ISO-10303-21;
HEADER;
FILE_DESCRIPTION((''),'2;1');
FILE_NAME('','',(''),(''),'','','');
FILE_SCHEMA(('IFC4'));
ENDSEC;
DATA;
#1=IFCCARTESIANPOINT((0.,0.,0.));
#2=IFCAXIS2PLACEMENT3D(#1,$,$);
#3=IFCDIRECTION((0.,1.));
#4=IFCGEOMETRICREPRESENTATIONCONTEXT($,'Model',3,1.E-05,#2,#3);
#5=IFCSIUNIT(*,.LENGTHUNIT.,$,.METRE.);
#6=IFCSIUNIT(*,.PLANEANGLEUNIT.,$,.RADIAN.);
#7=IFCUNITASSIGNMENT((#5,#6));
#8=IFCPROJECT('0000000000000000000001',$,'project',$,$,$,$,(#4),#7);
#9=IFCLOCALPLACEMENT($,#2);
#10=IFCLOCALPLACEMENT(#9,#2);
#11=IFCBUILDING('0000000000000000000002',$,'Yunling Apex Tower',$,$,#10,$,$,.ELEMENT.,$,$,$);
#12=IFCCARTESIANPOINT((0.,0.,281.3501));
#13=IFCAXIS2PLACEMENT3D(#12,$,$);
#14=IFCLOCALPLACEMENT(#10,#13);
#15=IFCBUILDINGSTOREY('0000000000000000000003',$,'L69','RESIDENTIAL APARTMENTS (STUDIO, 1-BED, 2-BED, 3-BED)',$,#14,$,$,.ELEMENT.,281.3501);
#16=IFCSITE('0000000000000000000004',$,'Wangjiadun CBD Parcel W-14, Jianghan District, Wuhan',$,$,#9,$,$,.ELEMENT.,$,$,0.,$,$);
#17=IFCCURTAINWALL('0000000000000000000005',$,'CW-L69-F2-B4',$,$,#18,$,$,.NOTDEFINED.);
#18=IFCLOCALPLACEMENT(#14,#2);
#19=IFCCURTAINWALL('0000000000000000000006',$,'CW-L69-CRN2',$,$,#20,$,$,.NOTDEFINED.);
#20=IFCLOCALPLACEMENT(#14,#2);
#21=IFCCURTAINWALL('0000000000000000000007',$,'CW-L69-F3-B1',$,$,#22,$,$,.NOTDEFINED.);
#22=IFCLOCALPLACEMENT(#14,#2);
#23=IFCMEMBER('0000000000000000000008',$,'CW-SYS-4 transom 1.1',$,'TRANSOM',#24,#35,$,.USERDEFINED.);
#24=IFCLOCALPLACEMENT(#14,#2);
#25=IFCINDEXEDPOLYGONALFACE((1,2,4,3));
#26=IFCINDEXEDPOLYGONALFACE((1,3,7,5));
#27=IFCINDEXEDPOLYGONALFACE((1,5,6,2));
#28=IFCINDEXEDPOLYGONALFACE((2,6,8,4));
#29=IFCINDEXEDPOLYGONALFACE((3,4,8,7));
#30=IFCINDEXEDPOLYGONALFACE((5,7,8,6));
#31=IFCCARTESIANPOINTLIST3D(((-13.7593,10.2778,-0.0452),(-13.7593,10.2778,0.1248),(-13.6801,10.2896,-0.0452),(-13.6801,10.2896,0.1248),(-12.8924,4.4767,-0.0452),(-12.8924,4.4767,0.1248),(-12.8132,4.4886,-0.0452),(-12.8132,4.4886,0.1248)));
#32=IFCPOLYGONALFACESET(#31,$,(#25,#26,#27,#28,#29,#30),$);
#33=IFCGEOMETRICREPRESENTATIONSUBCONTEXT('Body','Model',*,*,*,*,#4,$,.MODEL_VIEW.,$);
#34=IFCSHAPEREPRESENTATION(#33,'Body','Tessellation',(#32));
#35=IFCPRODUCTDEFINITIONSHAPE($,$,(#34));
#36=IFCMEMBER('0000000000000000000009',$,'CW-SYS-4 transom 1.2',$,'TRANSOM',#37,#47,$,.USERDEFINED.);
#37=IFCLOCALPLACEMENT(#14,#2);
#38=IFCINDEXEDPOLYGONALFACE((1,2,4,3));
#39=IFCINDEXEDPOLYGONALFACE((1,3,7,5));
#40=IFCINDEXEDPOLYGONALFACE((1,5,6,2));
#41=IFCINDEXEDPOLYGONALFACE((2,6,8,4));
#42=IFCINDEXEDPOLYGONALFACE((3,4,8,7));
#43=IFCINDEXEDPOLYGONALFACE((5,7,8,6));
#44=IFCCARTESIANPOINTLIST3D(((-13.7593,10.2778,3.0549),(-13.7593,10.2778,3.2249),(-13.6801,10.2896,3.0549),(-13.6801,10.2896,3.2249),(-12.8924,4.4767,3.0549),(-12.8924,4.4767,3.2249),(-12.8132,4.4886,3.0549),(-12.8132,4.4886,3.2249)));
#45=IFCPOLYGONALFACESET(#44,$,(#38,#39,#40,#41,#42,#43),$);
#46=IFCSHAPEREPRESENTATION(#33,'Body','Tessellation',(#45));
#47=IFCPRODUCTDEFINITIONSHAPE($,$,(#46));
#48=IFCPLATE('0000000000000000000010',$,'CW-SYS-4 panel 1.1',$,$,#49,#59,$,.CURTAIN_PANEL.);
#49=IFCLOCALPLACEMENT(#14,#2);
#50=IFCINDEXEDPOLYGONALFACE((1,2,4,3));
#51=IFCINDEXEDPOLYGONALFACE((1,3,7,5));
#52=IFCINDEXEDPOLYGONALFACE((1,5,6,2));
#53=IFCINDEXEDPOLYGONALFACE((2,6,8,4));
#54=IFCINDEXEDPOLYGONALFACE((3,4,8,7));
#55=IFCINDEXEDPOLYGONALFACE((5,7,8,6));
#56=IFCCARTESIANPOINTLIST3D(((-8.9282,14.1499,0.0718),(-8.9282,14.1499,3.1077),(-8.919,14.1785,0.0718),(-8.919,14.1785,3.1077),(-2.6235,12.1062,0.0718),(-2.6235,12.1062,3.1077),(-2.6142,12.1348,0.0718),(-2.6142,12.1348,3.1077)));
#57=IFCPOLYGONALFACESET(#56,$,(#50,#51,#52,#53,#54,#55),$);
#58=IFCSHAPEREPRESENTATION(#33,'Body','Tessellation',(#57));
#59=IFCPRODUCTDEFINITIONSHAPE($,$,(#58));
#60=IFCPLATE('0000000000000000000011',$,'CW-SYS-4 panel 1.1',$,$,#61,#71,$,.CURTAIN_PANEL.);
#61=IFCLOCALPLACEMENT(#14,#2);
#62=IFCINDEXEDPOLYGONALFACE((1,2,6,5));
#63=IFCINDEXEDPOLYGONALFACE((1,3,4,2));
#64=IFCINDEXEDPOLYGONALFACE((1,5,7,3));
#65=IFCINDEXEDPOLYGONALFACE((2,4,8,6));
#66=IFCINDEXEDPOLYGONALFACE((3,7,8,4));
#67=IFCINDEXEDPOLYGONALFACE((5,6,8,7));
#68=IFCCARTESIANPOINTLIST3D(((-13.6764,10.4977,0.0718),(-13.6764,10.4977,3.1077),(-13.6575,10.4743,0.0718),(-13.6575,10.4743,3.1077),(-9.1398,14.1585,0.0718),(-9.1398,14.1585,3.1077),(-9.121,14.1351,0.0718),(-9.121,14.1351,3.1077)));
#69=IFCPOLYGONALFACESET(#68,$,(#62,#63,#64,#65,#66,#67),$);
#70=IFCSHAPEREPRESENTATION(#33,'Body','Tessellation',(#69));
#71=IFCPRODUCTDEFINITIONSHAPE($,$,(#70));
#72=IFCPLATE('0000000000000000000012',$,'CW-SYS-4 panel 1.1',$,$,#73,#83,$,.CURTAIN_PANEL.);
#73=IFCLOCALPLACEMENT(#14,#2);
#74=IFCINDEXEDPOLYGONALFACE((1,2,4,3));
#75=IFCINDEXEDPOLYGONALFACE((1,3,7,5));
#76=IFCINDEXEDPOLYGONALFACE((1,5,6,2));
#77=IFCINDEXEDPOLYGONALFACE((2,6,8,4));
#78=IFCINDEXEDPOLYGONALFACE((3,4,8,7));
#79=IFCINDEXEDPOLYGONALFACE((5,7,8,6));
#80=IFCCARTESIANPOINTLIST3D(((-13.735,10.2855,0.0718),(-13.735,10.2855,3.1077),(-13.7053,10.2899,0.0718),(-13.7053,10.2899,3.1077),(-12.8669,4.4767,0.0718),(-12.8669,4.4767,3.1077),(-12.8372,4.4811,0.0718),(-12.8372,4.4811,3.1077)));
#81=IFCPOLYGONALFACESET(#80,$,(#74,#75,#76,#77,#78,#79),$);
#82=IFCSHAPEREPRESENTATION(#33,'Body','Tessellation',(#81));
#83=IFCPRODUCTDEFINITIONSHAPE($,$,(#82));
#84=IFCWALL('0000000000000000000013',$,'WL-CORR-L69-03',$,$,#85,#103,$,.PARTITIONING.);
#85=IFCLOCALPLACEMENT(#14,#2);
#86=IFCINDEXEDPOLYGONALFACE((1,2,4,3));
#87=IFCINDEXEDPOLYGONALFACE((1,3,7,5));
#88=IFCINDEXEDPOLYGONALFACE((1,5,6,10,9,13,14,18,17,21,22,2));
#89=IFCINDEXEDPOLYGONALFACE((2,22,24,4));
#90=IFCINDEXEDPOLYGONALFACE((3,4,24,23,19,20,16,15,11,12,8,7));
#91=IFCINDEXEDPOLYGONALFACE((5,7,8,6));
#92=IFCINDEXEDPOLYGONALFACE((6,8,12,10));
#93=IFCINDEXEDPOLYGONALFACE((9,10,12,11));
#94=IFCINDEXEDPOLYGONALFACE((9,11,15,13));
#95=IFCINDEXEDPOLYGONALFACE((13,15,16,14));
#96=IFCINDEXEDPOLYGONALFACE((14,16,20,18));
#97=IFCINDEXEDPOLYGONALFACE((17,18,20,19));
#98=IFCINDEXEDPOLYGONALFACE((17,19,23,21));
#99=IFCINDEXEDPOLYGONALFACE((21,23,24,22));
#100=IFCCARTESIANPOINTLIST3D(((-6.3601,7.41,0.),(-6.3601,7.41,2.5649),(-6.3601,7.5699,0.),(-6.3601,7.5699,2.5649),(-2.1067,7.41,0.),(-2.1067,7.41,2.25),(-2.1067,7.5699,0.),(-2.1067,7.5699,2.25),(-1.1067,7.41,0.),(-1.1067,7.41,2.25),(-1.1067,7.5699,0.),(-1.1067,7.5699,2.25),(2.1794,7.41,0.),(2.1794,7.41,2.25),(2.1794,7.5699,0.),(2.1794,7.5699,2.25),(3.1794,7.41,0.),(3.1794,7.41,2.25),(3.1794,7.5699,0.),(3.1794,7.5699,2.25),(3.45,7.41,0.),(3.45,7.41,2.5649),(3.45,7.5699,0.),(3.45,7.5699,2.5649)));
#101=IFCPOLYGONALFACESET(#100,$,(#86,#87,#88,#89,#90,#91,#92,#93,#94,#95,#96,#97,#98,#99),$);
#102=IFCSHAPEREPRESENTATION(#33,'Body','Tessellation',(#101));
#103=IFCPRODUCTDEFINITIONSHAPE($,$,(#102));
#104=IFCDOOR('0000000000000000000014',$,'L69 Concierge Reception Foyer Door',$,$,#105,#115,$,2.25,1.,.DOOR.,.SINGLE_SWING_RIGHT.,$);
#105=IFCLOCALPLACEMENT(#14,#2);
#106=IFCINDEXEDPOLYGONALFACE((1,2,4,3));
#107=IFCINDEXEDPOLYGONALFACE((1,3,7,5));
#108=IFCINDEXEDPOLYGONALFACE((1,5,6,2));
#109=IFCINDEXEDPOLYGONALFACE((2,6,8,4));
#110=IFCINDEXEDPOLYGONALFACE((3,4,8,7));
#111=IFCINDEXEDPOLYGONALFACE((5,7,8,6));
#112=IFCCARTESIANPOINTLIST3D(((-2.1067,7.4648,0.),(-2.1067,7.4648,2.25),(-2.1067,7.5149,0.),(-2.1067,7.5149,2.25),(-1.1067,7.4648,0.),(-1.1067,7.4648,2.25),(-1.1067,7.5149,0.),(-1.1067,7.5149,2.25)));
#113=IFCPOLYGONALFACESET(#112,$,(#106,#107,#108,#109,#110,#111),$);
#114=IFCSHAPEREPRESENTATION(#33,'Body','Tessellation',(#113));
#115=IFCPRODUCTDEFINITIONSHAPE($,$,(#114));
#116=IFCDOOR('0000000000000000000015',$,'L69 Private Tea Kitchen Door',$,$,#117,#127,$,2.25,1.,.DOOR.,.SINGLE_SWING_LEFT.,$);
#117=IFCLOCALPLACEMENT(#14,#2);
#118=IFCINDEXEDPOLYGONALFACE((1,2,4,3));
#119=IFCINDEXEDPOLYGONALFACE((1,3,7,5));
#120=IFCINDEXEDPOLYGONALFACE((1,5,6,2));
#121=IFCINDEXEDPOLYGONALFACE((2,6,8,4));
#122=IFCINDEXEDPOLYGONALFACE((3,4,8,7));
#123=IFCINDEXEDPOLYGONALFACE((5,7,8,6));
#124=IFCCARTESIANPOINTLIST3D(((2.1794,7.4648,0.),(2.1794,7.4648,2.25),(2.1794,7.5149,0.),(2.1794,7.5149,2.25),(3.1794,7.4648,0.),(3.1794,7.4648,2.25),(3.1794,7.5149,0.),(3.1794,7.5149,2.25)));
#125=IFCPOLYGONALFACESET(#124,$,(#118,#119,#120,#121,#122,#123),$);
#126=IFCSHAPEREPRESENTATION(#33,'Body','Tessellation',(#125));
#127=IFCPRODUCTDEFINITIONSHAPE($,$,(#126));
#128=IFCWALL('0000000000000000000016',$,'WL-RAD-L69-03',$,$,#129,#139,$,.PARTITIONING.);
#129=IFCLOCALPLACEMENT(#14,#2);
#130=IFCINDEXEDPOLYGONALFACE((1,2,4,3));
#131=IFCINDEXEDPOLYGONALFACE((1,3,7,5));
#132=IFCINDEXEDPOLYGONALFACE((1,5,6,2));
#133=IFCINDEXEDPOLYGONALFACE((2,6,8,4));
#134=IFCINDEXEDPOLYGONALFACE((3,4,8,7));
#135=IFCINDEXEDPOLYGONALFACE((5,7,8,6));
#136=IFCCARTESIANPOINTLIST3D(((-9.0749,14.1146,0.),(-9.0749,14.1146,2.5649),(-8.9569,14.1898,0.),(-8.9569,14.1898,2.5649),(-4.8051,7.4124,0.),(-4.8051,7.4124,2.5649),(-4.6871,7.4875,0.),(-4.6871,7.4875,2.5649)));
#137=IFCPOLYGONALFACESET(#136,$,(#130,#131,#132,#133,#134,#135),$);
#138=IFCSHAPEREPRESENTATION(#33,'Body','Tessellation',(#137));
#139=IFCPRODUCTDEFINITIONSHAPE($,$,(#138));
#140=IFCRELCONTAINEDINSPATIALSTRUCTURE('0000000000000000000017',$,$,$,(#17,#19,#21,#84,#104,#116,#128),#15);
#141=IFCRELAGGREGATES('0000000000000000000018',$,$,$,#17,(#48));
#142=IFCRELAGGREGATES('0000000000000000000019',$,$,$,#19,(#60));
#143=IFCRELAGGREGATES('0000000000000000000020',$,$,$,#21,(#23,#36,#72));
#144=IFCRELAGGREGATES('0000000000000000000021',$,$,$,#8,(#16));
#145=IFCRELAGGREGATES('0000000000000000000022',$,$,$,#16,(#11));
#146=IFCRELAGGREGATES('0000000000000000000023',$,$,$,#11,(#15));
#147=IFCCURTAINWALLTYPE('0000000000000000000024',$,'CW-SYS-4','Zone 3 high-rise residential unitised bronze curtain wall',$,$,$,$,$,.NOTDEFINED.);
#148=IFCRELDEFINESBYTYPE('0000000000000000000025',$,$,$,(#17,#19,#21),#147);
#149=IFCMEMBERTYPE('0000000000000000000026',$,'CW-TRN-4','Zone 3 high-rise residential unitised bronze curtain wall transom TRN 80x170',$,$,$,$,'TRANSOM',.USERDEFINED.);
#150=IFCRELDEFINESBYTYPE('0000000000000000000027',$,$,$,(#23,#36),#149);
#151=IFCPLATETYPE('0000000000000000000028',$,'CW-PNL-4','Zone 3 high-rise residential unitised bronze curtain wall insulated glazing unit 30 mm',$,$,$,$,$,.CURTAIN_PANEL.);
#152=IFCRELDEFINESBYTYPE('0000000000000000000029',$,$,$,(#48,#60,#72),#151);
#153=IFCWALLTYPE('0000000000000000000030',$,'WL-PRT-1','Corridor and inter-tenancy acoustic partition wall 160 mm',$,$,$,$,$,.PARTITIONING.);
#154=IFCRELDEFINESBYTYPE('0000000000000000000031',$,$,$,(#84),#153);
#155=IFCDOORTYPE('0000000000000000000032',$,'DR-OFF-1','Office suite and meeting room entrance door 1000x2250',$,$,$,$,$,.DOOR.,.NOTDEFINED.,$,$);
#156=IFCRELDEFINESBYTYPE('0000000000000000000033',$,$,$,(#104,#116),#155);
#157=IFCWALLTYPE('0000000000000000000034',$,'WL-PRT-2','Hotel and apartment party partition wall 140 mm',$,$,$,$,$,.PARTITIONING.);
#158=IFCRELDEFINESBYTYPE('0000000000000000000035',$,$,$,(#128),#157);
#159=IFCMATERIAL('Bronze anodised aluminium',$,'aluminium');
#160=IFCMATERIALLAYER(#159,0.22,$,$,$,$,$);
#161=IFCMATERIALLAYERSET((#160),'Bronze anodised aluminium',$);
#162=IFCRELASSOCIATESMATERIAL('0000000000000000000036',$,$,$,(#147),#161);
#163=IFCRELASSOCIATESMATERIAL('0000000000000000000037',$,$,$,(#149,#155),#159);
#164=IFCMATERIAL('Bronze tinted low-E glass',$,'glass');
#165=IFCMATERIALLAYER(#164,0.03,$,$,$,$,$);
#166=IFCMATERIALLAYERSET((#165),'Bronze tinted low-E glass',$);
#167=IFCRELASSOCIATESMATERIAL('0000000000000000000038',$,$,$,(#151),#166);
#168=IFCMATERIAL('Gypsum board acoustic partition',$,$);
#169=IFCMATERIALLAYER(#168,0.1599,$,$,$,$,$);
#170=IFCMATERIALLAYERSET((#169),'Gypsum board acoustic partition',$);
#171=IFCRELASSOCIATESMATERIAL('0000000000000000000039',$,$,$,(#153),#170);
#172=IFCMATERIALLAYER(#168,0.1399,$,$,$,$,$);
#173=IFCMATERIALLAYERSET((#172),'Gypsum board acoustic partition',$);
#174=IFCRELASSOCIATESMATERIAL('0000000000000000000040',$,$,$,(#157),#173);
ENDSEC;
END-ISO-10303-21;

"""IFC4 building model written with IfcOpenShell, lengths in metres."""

from ifc_helpers import new_model, si_unit, direction, frame, frame_2d, origin, origin_2d, place, context, subcontext, project, spatial, rectangle, extrude, source, transform, mapped, material, layer, layer_set, material_profile, profile_set, type_object, element, fill, aggregate, save


model = new_model("IFC4")

# Units and contexts
model_context = context("Model", 3, precision=1e-05, world=origin(), true_north=direction((0.0, 1.0)))
body_context = subcontext(model_context, "Body", "Model", "MODEL_VIEW")
ifc_project = project(units=[si_unit("LENGTHUNIT", "METRE"), si_unit("PLANEANGLEUNIT", "RADIAN")], contexts=[model_context])

# Site, building, storey
site_placement = place(None, origin())
site = spatial("IfcSite", under=ifc_project, at=site_placement, Name="Wangjiadun CBD Parcel W-14, Jianghan District, Wuhan", CompositionType="ELEMENT", RefElevation=0.0)
building_placement = place(site_placement, origin())
building = spatial("IfcBuilding", under=site, at=building_placement, Name="Yunling Apex Tower", CompositionType="ELEMENT")
storey_placement = place(building_placement, frame((0.0, 0.0, 281.3501)))
storey = spatial("IfcBuildingStorey", under=building, at=storey_placement, Name="L69", Description="RESIDENTIAL APARTMENTS (STUDIO, 1-BED, 2-BED, 3-BED)", CompositionType="ELEMENT", Elevation=281.3501)

# Curtain wall
ifc_material_1 = material(Name="Bronze anodised aluminium", Category="aluminium")
ifc_layer_1 = layer(ifc_material_1, 0.22)
ifc_layer_set_1 = layer_set([ifc_layer_1], Name="Bronze anodised aluminium")
curtain_wall_type = type_object("IfcCurtainWallType", Name="CW-SYS-4", Description="Zone 3 high-rise residential unitised bronze curtain wall", PredefinedType="NOTDEFINED", material=ifc_layer_set_1)
curtain_wall_1_placement = place(storey_placement, origin())
curtain_wall_1 = element("IfcCurtainWall", 1, at=curtain_wall_1_placement, inside=storey, type_object=curtain_wall_type, Name="CW-L69-F2-B4", PredefinedType="NOTDEFINED")

# Curtain wall
curtain_wall_2_placement = place(storey_placement, origin())
curtain_wall_2 = element("IfcCurtainWall", 2, at=curtain_wall_2_placement, inside=storey, type_object=curtain_wall_type, Name="CW-L69-CRN2", PredefinedType="NOTDEFINED")

# Curtain wall
curtain_wall_3_placement = place(storey_placement, origin())
curtain_wall_3 = element("IfcCurtainWall", 3, at=curtain_wall_3_placement, inside=storey, type_object=curtain_wall_type, Name="CW-L69-F3-B1", PredefinedType="NOTDEFINED")

# Members
ifc_material_profile_1 = material_profile(ifc_material_1, rectangle(XDim=0.0801, YDim=0.1699, at=origin_2d()))
ifc_profile_set_1 = profile_set([ifc_material_profile_1], Name="Bronze anodised aluminium")
member_type_1 = type_object("IfcMemberType", Name="CW-TRN-4", Description="Zone 3 high-rise residential unitised bronze curtain wall transom TRN 80x170", ElementType="TRANSOM", PredefinedType="USERDEFINED", material=ifc_profile_set_1)
shared_shape_1 = source(origin(), body_context, "Body", "SweptSolid", [
    extrude(rectangle(XDim=0.0801, YDim=0.1699, at=origin_2d()), origin(), (0.0, 0.0, 1.0), 5.8655),
])
member_1_placement = place(storey_placement, frame((-13.7197, 10.2837, 0.0398), z_axis=(0.147805, -0.989017, 0.0), x_axis=(0.989017, 0.147805, 0.0)))
member_1 = element("IfcMember", 4, at=member_1_placement, type_object=member_type_1, Name="CW-SYS-4 transom 1.1", ObjectType="TRANSOM", PredefinedType="USERDEFINED", context=body_context, shape_type="MappedRepresentation", body=[
    mapped(shared_shape_1, transform((0.0, 0.0, 0.0), scale=1.0)),
])
member_2_placement = place(storey_placement, frame((-13.7197, 10.2837, 3.1399), z_axis=(0.147805, -0.989017, 0.0), x_axis=(0.989017, 0.147805, 0.0)))
member_2 = element("IfcMember", 5, at=member_2_placement, type_object=member_type_1, Name="CW-SYS-4 transom 1.2", ObjectType="TRANSOM", PredefinedType="USERDEFINED", context=body_context, shape_type="MappedRepresentation", body=[
    mapped(shared_shape_1, transform((0.0, 0.0, 0.0), scale=1.0)),
])

# Plates
ifc_material_2 = material(Name="Bronze tinted low-E glass", Category="glass")
ifc_layer_2 = layer(ifc_material_2, 0.03)
ifc_layer_set_2 = layer_set([ifc_layer_2], Name="Bronze tinted low-E glass")
plate_type = type_object("IfcPlateType", Name="CW-PNL-4", Description="Zone 3 high-rise residential unitised bronze curtain wall insulated glazing unit 30 mm", PredefinedType="CURTAIN_PANEL", material=ifc_layer_set_2)
shared_shape_2 = source(origin(), body_context, "Body", "SweptSolid", [
    extrude(rectangle(XDim=6.6277, YDim=0.03, at=origin_2d()), origin(), (0.0, 0.0, 1.0), 3.0359),
])
plate_1_placement = place(storey_placement, frame((-5.7712, 13.1423, 0.0718), z_axis=(0.0, 0.0, 1.0), x_axis=(-0.951272, 0.308353, 0.0)))
plate_1 = element("IfcPlate", 6, at=plate_1_placement, type_object=plate_type, Name="CW-SYS-4 panel 1.1", PredefinedType="CURTAIN_PANEL", context=body_context, shape_type="MappedRepresentation", body=[
    mapped(shared_shape_2, transform((0.0, 0.0, 0.0), scale=1.0)),
])
aggregate(curtain_wall_1, [plate_1])
shared_shape_3 = source(origin(), body_context, "Body", "SweptSolid", [
    extrude(rectangle(XDim=5.8293, YDim=0.03, at=origin_2d()), origin(), (0.0, 0.0, 1.0), 3.0359),
])
plate_2_placement = place(storey_placement, frame((-11.3987, 12.3164, 0.0718), z_axis=(0.0, 0.0, 1.0), x_axis=(-0.778222, -0.627989, 0.0)))
plate_2 = element("IfcPlate", 7, at=plate_2_placement, type_object=plate_type, Name="CW-SYS-4 panel 1.1", PredefinedType="CURTAIN_PANEL", context=body_context, shape_type="MappedRepresentation", body=[
    mapped(shared_shape_3, transform((0.0, 0.0, 0.0), scale=1.0)),
])
aggregate(curtain_wall_2, [plate_2])
shared_shape_4 = source(origin(), body_context, "Body", "SweptSolid", [
    extrude(rectangle(XDim=5.8733, YDim=0.03, at=origin_2d()), origin(), (0.0, 0.0, 1.0), 3.0359),
])
plate_3_placement = place(storey_placement, frame((-13.2861, 7.3833, 0.0718), z_axis=(0.0, 0.0, 1.0), x_axis=(0.147807, -0.989016, 0.0)))
plate_3 = element("IfcPlate", 8, at=plate_3_placement, type_object=plate_type, Name="CW-SYS-4 panel 1.1", PredefinedType="CURTAIN_PANEL", context=body_context, shape_type="MappedRepresentation", body=[
    mapped(shared_shape_4, transform((0.0, 0.0, 0.0), scale=1.0)),
])
aggregate(curtain_wall_3, [member_1, member_2, plate_3])

# Shared definitions
ifc_material_3 = material(Name="Gypsum board acoustic partition")
ifc_layer_3 = layer(ifc_material_3, 0.1599)
ifc_layer_set_3 = layer_set([ifc_layer_3], Name="Gypsum board acoustic partition")
wall_type_1 = type_object("IfcWallType", Name="WL-PRT-1", Description="Corridor and inter-tenancy acoustic partition wall 160 mm", PredefinedType="PARTITIONING", material=ifc_layer_set_3)

# Wall, openings, doors
wall_1_placement = place(storey_placement, frame((-6.3601, 7.49, 0.0), z_axis=(0.0, 0.0, 1.0), x_axis=(1.0, 0.0, 0.0)))
wall_1 = element("IfcWall", 9, at=wall_1_placement, inside=storey, type_object=wall_type_1, Name="WL-CORR-L69-03", PredefinedType="PARTITIONING", context=body_context, shape_type="SweptSolid", body=[
    extrude(rectangle(XDim=9.8101, YDim=0.1599, at=frame_2d((4.905, 0.0))), origin(), (0.0, 0.0, 1.0), 2.5649),
])
opening_1_placement = place(wall_1_placement, frame((4.2534, 0.0, 0.0)))
opening_1 = element("IfcOpeningElement", 10, at=opening_1_placement, cuts=wall_1, PredefinedType="OPENING", context=body_context, shape_type="SweptSolid", body=[
    extrude(rectangle(XDim=1.0, YDim=2.25, at=frame_2d((0.5, 1.125))), frame((0.0, 0.0898, 0.0), z_axis=(0.0, -1.0, 0.0), x_axis=(1.0, 0.0, 0.0)), (0.0, 0.0, 1.0), 0.1799),
])
opening_2_placement = place(wall_1_placement, frame((8.5396, 0.0, 0.0)))
opening_2 = element("IfcOpeningElement", 11, at=opening_2_placement, cuts=wall_1, PredefinedType="OPENING", context=body_context, shape_type="SweptSolid", body=[
    extrude(rectangle(XDim=1.0, YDim=2.25, at=frame_2d((0.5, 1.125))), frame((0.0, 0.0898, 0.0), z_axis=(0.0, -1.0, 0.0), x_axis=(1.0, 0.0, 0.0)), (0.0, 0.0, 1.0), 0.1799),
])
door_type = type_object("IfcDoorType", Name="DR-OFF-1", Description="Office suite and meeting room entrance door 1000x2250", OperationType="NOTDEFINED", PredefinedType="DOOR", material=ifc_material_1)
door_1_placement = place(opening_1_placement, origin())
door_1 = element("IfcDoor", 12, at=door_1_placement, inside=storey, type_object=door_type, Name="L69 Concierge Reception Foyer Door", OperationType="SINGLE_SWING_RIGHT", OverallHeight=2.25, OverallWidth=1.0, PredefinedType="DOOR", context=body_context, shape_type="SweptSolid", body=[
    extrude(rectangle(XDim=1.0, YDim=2.25, at=frame_2d((0.5, 1.125))), frame((0.0, 0.0249, 0.0), z_axis=(0.0, -1.0, 0.0), x_axis=(1.0, 0.0, 0.0)), (0.0, 0.0, 1.0), 0.05),
])
fill(opening_1, door_1)
door_2_placement = place(opening_2_placement, origin())
door_2 = element("IfcDoor", 13, at=door_2_placement, inside=storey, type_object=door_type, Name="L69 Private Tea Kitchen Door", OperationType="SINGLE_SWING_LEFT", OverallHeight=2.25, OverallWidth=1.0, PredefinedType="DOOR", context=body_context, shape_type="SweptSolid", body=[
    extrude(rectangle(XDim=1.0, YDim=2.25, at=frame_2d((0.5, 1.125))), frame((0.0, 0.0249, 0.0), z_axis=(0.0, -1.0, 0.0), x_axis=(1.0, 0.0, 0.0)), (0.0, 0.0, 1.0), 0.05),
])
fill(opening_2, door_2)

# Wall
ifc_layer_4 = layer(ifc_material_3, 0.1399)
ifc_layer_set_4 = layer_set([ifc_layer_4], Name="Gypsum board acoustic partition")
wall_type_2 = type_object("IfcWallType", Name="WL-PRT-2", Description="Hotel and apartment party partition wall 140 mm", PredefinedType="PARTITIONING", material=ifc_layer_set_4)
wall_2_placement = place(storey_placement, frame((-4.7461, 7.45, 0.0), z_axis=(0.0, 0.0, 1.0), x_axis=(-0.537303, 0.843389, 0.0)))
element("IfcWall", 14, at=wall_2_placement, inside=storey, type_object=wall_type_2, Name="WL-RAD-L69-03", PredefinedType="PARTITIONING", context=body_context, shape_type="SweptSolid", body=[
    extrude(rectangle(XDim=7.9468, YDim=0.1399, at=frame_2d((3.9734, 0.0))), origin(), (0.0, 0.0, 1.0), 2.5649),
])

save(model, "model.ifc")
